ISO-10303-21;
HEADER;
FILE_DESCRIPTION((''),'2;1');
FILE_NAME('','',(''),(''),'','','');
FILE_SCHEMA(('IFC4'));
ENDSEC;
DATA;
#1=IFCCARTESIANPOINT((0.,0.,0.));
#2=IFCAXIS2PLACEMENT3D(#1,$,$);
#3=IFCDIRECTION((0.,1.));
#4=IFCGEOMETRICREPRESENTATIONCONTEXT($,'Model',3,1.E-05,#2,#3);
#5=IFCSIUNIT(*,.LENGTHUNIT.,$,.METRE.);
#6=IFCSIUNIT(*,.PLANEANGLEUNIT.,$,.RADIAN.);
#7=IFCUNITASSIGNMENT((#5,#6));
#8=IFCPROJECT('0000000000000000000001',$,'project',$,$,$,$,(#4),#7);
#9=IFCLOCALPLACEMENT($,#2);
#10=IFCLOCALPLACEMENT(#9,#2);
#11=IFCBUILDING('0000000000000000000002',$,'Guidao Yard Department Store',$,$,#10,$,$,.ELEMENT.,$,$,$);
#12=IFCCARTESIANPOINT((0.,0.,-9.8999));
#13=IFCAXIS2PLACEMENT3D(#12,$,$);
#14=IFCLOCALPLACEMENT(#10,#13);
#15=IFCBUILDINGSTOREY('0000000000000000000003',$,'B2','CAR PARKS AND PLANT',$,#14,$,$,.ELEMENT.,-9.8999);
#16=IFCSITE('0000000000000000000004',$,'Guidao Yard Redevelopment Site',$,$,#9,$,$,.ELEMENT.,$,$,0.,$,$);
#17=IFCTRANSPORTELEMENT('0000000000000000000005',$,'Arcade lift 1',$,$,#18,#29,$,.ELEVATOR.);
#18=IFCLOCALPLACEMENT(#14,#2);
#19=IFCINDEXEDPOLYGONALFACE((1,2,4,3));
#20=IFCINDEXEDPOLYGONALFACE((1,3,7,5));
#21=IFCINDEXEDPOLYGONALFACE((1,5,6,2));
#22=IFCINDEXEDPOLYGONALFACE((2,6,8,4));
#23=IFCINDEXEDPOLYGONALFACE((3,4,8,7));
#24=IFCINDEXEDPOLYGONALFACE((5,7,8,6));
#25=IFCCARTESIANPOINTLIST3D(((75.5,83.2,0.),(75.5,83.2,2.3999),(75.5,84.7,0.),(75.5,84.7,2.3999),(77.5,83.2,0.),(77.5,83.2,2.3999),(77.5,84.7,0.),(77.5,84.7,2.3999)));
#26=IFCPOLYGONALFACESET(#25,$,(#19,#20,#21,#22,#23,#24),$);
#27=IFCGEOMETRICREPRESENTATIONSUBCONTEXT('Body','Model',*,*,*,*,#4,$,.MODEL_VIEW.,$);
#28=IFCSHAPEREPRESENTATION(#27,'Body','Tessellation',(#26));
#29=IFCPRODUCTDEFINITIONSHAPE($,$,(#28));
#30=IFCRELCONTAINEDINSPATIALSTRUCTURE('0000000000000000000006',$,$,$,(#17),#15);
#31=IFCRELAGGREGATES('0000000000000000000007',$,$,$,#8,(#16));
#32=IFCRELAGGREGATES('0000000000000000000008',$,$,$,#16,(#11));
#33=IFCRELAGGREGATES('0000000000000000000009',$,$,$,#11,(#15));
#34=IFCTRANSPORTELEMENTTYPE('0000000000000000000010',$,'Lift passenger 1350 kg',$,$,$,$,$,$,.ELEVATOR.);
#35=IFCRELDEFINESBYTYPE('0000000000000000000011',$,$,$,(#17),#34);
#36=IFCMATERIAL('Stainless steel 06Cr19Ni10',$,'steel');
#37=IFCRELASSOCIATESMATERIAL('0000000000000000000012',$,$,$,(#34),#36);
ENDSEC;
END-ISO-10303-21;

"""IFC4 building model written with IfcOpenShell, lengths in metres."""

from ifc_helpers import new_model, si_unit, direction, frame, origin, origin_2d, place, context, subcontext, project, spatial, rectangle, extrude, material, type_object, element, save


model = new_model("IFC4")

# Units and contexts
model_context = context("Model", 3, precision=1e-05, world=origin(), true_north=direction((0.0, 1.0)))
body_context = subcontext(model_context, "Body", "Model", "MODEL_VIEW")
ifc_project = project(units=[si_unit("LENGTHUNIT", "METRE"), si_unit("PLANEANGLEUNIT", "RADIAN")], contexts=[model_context])

# Site, building, storey
site_placement = place(None, origin())
site = spatial("IfcSite", under=ifc_project, at=site_placement, Name="Guidao Yard Redevelopment Site", CompositionType="ELEMENT", RefElevation=0.0)
building_placement = place(site_placement, origin())
building = spatial("IfcBuilding", under=site, at=building_placement, Name="Guidao Yard Department Store", CompositionType="ELEMENT")
storey_placement = place(building_placement, frame((0.0, 0.0, -9.8999)))
storey = spatial("IfcBuildingStorey", under=building, at=storey_placement, Name="B2", Description="CAR PARKS AND PLANT", CompositionType="ELEMENT", Elevation=-9.8999)

# Transport element
ifc_material_1 = material(Name="Stainless steel 06Cr19Ni10", Category="steel")
transport_element_type_1 = type_object("IfcTransportElementType", Name="Lift passenger 1350 kg", PredefinedType="ELEVATOR", material=ifc_material_1)
transport_element_1_placement = place(storey_placement, frame((76.5, 83.95, 0.0), z_axis=(0.0, 0.0, 1.0), x_axis=(1.0, 0.0, 0.0)))
element("IfcTransportElement", 1, at=transport_element_1_placement, inside=storey, type_object=transport_element_type_1, Name="Arcade lift 1", PredefinedType="ELEVATOR", context=body_context, shape_type="SweptSolid", body=[
    extrude(rectangle(XDim=2.0, YDim=1.5, at=origin_2d()), origin(), (0.0, 0.0, 1.0), 2.3999),
])

save(model, "model.ifc")
